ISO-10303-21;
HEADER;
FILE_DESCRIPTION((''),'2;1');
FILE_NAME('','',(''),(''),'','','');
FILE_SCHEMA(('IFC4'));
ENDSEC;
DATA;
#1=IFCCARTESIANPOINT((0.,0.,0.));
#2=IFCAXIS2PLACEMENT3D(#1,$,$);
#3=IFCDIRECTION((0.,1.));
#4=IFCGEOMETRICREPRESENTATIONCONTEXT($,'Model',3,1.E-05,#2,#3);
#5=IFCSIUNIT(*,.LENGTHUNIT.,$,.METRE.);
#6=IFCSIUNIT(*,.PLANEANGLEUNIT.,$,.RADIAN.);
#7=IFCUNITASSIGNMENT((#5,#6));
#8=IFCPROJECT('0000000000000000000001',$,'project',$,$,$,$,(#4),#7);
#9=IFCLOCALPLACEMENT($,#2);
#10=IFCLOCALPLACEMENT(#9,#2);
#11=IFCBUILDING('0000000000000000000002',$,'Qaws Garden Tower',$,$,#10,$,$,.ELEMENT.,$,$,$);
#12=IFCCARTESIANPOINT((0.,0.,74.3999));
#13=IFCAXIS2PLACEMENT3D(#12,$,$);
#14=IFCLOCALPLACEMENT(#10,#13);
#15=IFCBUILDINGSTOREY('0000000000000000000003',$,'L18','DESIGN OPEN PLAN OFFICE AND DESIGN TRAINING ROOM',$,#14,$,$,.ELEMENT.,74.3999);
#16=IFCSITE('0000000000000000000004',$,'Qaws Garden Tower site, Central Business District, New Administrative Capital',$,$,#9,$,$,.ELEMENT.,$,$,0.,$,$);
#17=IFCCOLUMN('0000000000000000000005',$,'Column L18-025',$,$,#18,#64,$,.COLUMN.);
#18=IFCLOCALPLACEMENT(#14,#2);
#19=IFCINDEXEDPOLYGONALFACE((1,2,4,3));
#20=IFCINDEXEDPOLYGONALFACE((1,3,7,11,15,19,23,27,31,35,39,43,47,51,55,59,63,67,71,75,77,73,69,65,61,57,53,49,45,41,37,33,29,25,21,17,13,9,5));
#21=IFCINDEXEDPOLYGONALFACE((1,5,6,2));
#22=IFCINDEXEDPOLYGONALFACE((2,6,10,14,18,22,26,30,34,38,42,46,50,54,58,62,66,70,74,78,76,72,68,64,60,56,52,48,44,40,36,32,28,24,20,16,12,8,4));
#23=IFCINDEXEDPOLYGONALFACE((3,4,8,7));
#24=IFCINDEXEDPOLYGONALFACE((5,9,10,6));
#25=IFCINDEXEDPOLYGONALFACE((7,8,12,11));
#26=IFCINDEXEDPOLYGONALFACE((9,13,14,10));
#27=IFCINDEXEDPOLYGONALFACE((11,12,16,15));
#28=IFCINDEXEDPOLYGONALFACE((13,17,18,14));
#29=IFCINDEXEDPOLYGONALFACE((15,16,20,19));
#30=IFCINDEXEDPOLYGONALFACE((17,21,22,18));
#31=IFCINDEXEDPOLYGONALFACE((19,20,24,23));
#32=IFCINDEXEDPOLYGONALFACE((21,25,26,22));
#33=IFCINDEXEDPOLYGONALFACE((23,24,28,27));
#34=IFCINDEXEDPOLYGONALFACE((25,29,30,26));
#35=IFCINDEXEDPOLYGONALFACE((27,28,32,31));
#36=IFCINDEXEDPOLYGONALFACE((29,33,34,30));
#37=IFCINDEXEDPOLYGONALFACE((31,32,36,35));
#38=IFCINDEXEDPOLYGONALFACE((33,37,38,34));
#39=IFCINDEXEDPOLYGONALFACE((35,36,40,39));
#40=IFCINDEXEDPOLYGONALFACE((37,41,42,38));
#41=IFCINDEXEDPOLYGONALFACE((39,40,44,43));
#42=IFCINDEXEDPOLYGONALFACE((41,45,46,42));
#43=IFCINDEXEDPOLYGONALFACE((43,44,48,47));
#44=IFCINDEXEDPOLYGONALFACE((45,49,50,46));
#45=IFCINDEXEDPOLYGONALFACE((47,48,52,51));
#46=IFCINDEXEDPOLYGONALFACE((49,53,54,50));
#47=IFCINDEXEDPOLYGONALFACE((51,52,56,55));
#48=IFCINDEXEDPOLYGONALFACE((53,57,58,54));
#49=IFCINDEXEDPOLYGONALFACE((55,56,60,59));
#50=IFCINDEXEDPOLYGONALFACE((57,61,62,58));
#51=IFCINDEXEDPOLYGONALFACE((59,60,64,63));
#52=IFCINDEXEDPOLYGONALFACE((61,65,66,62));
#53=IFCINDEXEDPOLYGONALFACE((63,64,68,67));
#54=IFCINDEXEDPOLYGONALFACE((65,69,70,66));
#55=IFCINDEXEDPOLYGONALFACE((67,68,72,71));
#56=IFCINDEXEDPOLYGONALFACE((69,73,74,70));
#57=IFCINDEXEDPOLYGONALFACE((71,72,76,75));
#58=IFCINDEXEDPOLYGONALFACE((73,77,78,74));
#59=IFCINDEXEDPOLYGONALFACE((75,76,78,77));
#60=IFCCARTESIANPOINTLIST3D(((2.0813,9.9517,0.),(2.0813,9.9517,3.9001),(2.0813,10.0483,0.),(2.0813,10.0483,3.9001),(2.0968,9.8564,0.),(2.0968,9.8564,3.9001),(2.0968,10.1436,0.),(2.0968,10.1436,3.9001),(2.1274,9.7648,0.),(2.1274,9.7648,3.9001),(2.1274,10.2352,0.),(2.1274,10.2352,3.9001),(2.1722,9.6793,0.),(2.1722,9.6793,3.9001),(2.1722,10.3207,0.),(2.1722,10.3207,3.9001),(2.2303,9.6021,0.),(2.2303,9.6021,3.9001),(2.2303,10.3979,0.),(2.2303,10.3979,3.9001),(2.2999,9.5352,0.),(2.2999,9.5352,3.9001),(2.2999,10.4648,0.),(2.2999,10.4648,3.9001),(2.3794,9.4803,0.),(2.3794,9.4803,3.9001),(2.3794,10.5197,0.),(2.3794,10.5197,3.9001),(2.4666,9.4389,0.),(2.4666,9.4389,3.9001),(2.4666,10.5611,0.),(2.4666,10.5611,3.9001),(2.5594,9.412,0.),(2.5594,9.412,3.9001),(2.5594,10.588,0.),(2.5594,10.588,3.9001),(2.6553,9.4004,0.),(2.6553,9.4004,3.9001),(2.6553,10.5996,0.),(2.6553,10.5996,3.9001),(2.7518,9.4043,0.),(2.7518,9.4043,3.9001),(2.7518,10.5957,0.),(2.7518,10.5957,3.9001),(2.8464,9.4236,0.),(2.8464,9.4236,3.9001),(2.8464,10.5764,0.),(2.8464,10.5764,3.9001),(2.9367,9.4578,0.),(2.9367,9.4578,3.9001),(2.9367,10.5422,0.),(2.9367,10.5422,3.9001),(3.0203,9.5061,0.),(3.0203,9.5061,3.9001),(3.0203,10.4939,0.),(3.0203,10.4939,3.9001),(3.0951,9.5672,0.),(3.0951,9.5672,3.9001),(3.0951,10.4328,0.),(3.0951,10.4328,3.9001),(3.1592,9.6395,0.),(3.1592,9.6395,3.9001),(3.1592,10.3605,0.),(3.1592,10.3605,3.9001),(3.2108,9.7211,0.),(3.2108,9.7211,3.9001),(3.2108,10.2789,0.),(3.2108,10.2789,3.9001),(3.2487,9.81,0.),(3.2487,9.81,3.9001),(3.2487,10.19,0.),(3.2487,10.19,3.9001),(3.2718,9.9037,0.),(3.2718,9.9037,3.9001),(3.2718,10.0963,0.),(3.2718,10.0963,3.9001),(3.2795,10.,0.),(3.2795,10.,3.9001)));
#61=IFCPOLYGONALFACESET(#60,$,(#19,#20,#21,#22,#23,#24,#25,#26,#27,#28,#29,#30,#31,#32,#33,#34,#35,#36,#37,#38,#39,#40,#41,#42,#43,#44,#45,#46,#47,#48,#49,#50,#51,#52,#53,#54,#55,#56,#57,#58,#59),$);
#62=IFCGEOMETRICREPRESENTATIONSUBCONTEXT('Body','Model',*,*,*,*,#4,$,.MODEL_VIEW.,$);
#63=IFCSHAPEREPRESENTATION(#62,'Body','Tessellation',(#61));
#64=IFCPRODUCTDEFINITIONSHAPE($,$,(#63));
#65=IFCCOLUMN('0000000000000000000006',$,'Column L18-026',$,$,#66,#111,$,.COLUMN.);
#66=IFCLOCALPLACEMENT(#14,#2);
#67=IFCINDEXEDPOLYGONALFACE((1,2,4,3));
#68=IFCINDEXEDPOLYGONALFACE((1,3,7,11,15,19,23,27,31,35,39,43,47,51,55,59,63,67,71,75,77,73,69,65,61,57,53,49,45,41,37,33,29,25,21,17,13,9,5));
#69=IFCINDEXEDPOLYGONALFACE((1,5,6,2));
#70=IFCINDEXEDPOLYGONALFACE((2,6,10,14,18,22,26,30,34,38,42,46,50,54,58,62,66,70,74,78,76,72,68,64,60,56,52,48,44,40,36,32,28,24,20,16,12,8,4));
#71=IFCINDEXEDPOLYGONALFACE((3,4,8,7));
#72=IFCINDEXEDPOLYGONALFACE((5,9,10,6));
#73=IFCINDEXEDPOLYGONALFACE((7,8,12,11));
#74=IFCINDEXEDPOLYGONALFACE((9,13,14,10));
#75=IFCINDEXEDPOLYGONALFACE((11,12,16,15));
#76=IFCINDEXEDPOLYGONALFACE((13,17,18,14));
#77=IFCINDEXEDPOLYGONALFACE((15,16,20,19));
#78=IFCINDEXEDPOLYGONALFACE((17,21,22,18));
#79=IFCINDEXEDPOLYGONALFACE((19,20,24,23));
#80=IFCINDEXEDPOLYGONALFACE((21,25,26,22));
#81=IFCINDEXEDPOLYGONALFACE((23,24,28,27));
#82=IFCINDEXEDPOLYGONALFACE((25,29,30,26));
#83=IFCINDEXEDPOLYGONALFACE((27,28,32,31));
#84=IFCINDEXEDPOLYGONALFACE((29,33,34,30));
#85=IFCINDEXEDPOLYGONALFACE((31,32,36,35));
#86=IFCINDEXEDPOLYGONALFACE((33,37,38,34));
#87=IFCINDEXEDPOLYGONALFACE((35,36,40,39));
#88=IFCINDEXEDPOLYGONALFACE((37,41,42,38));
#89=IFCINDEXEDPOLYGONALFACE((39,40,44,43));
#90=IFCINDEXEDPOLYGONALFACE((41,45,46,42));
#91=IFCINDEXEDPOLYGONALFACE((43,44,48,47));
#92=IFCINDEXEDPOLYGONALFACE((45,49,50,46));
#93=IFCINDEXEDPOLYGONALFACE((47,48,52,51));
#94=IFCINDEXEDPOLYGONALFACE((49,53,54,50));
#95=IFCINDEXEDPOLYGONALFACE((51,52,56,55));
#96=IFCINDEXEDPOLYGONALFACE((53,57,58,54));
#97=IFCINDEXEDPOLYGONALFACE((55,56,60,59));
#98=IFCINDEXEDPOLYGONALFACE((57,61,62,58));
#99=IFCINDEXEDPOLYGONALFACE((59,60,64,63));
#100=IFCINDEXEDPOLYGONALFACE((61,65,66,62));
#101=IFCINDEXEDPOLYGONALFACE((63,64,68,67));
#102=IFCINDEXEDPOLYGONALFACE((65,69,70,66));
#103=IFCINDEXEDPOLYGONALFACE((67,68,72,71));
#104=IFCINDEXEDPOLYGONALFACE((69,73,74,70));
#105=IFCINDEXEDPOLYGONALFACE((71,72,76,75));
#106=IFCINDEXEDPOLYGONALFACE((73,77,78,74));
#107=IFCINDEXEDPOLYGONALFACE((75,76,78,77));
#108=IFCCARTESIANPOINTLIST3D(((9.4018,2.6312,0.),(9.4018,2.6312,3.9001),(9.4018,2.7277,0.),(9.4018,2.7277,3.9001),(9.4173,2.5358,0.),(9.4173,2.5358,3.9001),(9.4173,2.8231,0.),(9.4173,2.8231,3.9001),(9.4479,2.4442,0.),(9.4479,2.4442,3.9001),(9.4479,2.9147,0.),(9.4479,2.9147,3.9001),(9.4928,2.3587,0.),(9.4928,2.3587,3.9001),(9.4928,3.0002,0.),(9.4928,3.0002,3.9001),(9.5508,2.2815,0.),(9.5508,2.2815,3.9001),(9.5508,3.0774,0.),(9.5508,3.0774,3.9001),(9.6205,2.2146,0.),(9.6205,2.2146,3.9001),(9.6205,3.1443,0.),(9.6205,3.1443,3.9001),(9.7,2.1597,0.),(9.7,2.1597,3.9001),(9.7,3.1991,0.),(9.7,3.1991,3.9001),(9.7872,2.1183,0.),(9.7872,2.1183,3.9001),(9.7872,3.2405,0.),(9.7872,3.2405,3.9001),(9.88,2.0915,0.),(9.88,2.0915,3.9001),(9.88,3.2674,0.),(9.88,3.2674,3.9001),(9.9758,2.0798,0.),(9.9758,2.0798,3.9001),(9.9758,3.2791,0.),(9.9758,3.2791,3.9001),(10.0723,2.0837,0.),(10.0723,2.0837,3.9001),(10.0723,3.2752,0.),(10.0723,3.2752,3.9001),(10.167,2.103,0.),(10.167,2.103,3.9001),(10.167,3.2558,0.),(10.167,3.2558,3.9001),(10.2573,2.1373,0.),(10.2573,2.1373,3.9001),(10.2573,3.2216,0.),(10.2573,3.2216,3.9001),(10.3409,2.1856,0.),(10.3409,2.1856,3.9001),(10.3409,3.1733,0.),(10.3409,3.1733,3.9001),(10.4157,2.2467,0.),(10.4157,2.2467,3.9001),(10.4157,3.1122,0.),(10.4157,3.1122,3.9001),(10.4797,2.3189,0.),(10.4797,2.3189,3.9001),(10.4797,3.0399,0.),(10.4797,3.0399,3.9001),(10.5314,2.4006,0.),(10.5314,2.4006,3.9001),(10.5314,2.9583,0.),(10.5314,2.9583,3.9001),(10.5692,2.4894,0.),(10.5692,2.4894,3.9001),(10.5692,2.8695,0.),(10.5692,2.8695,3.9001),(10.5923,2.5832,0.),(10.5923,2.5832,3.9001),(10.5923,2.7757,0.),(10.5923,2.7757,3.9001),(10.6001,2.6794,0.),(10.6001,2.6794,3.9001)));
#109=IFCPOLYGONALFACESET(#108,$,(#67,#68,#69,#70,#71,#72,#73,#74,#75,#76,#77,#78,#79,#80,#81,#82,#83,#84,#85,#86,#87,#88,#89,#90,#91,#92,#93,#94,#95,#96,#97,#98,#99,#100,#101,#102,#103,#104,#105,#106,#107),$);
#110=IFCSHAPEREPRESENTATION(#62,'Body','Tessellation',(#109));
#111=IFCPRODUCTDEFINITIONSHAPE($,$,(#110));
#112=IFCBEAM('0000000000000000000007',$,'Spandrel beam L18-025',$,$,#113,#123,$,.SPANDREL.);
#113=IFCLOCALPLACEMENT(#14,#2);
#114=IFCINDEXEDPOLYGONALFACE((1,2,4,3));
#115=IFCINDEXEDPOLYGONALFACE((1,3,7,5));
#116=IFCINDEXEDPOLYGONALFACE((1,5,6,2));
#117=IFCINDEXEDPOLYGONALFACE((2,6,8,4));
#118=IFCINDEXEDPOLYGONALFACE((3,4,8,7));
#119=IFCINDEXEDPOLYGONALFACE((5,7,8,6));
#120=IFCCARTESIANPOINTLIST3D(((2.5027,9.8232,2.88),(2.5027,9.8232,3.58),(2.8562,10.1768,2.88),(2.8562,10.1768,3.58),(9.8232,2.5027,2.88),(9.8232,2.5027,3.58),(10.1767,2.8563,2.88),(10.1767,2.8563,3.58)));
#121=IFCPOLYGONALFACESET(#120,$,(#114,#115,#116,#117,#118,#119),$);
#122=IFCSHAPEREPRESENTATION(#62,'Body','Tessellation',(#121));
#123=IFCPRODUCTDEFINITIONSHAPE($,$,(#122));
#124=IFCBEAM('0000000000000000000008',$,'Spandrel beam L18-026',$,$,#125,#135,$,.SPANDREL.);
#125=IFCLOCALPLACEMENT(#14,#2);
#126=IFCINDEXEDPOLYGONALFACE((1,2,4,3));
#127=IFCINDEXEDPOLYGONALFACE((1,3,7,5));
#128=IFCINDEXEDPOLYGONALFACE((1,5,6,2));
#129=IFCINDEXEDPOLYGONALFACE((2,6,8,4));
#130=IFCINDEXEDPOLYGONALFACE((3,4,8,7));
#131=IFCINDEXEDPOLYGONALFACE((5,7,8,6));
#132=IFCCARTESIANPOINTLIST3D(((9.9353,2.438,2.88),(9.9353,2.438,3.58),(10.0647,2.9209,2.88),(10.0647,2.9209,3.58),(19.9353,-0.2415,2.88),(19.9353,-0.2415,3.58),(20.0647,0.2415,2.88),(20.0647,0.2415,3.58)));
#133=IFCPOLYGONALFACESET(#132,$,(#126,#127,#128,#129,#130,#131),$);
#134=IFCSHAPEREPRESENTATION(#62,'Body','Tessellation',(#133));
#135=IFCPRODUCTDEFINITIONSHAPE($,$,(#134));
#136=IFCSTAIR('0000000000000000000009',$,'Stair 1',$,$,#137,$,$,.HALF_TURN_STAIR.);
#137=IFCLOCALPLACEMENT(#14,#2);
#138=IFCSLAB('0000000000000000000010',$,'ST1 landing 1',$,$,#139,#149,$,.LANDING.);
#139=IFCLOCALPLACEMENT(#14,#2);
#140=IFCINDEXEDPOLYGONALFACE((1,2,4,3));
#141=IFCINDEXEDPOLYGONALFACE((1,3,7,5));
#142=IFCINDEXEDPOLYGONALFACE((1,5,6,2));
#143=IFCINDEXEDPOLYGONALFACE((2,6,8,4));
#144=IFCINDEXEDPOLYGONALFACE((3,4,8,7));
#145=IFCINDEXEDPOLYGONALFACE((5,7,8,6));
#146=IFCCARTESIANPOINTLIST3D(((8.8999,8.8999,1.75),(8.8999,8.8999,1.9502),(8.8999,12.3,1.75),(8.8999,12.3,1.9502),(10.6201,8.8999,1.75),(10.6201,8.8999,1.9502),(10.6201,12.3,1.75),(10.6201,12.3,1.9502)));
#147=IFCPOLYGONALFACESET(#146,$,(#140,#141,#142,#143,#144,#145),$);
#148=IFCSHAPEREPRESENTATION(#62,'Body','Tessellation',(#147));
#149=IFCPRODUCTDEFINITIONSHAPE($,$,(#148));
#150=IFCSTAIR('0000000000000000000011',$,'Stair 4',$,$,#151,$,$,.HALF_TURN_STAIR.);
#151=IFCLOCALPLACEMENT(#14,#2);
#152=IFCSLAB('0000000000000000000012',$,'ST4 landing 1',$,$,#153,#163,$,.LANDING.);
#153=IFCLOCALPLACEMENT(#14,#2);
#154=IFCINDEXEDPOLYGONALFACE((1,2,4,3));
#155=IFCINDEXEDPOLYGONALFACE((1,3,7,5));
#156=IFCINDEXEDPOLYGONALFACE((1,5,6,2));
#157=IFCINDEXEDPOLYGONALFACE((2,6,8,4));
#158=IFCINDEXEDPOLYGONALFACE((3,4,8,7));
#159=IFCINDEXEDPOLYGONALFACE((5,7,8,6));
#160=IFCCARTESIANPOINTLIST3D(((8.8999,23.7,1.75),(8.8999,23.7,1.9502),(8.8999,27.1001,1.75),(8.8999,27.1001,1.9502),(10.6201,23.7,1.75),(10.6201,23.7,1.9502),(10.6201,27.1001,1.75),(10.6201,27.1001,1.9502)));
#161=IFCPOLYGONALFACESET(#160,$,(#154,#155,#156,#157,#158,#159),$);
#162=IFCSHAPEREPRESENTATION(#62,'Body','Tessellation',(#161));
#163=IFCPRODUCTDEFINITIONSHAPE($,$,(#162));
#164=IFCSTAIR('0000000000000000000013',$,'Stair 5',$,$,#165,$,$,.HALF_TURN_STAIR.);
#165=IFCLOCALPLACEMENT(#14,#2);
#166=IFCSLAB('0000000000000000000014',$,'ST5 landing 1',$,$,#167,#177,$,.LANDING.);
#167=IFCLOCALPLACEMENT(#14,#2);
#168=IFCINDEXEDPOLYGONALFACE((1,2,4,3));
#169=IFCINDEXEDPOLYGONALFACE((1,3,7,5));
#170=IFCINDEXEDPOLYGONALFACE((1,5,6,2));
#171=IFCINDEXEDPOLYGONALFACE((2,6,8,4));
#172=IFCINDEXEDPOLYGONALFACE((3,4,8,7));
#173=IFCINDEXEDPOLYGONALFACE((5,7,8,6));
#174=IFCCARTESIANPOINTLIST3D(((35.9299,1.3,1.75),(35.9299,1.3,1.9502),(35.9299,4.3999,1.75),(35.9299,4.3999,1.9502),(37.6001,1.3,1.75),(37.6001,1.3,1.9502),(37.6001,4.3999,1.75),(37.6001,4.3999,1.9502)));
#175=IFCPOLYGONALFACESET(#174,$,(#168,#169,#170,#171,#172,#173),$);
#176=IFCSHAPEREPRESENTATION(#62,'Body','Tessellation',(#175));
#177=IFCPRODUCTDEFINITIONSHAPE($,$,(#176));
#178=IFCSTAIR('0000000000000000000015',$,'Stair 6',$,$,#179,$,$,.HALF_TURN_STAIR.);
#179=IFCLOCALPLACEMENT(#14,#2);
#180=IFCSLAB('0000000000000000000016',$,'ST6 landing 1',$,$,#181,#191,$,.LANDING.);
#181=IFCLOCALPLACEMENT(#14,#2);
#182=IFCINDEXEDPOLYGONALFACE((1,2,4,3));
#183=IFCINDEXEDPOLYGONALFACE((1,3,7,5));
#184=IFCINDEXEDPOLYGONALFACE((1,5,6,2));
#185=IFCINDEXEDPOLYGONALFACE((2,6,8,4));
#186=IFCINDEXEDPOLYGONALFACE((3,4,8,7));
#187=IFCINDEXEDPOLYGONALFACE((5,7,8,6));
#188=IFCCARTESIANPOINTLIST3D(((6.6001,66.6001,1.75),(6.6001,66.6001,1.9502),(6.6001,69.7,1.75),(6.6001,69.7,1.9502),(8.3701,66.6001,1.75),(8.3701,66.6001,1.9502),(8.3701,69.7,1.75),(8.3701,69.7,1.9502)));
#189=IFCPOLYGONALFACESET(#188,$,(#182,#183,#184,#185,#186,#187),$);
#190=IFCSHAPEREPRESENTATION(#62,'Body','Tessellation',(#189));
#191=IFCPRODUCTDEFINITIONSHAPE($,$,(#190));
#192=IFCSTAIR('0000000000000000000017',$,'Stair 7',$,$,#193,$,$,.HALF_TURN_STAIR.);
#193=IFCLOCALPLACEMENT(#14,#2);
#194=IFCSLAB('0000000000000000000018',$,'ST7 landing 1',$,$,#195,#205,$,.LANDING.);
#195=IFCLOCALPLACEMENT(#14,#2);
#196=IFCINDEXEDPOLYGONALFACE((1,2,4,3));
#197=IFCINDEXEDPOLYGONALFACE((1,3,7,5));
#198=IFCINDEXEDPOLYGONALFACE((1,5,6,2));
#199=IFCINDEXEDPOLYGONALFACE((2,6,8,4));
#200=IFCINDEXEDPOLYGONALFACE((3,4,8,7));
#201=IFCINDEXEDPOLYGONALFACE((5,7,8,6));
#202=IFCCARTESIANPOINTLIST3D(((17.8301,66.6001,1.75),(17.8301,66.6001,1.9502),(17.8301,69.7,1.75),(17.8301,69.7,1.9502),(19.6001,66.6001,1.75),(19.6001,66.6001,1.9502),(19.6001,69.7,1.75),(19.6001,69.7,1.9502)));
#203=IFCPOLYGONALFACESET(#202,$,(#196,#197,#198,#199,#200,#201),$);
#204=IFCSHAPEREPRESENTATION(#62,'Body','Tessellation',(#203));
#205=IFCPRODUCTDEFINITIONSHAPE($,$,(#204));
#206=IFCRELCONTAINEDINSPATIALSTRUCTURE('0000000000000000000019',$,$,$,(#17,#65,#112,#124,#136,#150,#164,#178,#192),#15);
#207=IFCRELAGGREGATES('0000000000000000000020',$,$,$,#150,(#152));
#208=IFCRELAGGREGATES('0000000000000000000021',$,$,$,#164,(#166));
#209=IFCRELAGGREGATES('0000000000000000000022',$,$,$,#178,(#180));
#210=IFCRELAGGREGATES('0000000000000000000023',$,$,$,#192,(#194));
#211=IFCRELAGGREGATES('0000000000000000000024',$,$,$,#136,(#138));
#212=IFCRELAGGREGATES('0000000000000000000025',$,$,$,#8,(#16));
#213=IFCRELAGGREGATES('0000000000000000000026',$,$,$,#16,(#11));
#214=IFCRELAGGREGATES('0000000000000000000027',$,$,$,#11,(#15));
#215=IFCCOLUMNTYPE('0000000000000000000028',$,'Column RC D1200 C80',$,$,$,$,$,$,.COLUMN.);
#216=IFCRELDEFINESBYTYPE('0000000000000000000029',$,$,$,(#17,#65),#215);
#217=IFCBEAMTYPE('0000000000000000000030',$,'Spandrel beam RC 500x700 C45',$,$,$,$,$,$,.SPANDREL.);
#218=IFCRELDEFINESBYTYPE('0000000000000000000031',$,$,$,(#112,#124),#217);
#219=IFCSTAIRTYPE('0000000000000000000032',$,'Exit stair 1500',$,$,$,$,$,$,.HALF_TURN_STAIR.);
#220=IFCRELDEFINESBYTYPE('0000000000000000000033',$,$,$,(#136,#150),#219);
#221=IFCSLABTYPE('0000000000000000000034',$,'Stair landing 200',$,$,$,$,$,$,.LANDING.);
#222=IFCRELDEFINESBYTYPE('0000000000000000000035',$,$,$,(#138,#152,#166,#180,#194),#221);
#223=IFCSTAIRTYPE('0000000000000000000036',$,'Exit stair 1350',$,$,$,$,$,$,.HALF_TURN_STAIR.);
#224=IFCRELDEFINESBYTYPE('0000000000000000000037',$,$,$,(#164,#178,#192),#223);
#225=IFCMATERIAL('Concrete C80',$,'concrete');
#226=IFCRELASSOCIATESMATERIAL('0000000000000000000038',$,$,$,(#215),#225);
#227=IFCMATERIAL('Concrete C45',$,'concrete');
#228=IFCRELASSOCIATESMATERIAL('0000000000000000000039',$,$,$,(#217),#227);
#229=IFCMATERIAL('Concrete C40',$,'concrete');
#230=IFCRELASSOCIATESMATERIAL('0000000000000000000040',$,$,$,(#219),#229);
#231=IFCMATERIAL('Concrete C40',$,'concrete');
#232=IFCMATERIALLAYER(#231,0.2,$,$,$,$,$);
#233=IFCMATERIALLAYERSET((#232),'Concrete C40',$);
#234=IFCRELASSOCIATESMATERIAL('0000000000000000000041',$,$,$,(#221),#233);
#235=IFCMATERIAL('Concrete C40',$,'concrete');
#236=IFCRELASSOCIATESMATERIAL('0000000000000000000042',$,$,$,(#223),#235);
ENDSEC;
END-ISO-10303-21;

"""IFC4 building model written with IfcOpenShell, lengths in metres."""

from ifc_helpers import new_model, si_unit, direction, frame, origin, origin_2d, place, context, subcontext, project, spatial, polyline, rectangle, circle, outline, extrude, material, layer, layer_set, material_profile, profile_set, type_object, element, aggregate, save


model = new_model("IFC4")

# Units and contexts
model_context = context("Model", 3, precision=1e-05, world=origin(), true_north=direction((0.0, 1.0)))
body_context = subcontext(model_context, "Body", "Model", "MODEL_VIEW")
ifc_project = project(units=[si_unit("LENGTHUNIT", "METRE"), si_unit("PLANEANGLEUNIT", "RADIAN")], contexts=[model_context])

# Site, building, storey
site_placement = place(None, origin())
site = spatial("IfcSite", under=ifc_project, at=site_placement, Name="Qaws Garden Tower site, Central Business District, New Administrative Capital", CompositionType="ELEMENT", RefElevation=0.0)
building_placement = place(site_placement, origin())
building = spatial("IfcBuilding", under=site, at=building_placement, Name="Qaws Garden Tower", CompositionType="ELEMENT")
storey_placement = place(building_placement, frame((0.0, 0.0, 74.3999)))
storey = spatial("IfcBuildingStorey", under=building, at=storey_placement, Name="L18", Description="DESIGN OPEN PLAN OFFICE AND DESIGN TRAINING ROOM", CompositionType="ELEMENT", Elevation=74.3999)

# Columns
ifc_material_1 = material(Name="Concrete C80", Category="concrete")
ifc_material_profile_1 = material_profile(ifc_material_1, circle(Radius=0.6001, at=origin_2d()), Name="RC D1200")
ifc_profile_set_1 = profile_set([ifc_material_profile_1], Name="Concrete C80")
column_type = type_object("IfcColumnType", Name="Column RC D1200 C80", PredefinedType="COLUMN", material=ifc_profile_set_1)
for number, where, z_axis, x_axis, name in (
    (1, (2.6794, 10.0, 0.0), (0.0, 0.0, 1.0), (1.0, 0.0, 0.0), "Column L18-025"),
    (2, (10.0, 2.6794, 0.0), (0.0, 0.0, 1.0), (1.0, 0.0, 0.0), "Column L18-026"),
):
    element("IfcColumn", number, at=place(storey_placement, frame(where, z_axis=z_axis, x_axis=x_axis)), inside=storey, type_object=column_type, Name=name, PredefinedType="COLUMN", context=body_context, shape_type="SweptSolid", body=[
        extrude(circle(Radius=0.6001, at=origin_2d()), origin(), (0.0, 0.0, 1.0), 3.9001),
    ])

# Beams
ifc_material_2 = material(Name="Concrete C45", Category="concrete")
ifc_material_profile_2 = material_profile(ifc_material_2, rectangle(XDim=0.5, YDim=0.7, at=origin_2d()), Name="RC 500x700")
ifc_profile_set_2 = profile_set([ifc_material_profile_2], Name="Concrete C45")
beam_type = type_object("IfcBeamType", Name="Spandrel beam RC 500x700 C45", PredefinedType="SPANDREL", material=ifc_profile_set_2)
for number, where, z_axis, x_axis, name in (
    (3, (2.6794, 10.0, 3.23), (0.707107, -0.707107, 0.0), (0.707107, 0.707107, 0.0), "Spandrel beam L18-025"),
    (4, (10.0, 2.6794, 3.23), (0.965927, -0.258815, 0.0), (0.258815, 0.965927, 0.0), "Spandrel beam L18-026"),
):
    element("IfcBeam", number, at=place(storey_placement, frame(where, z_axis=z_axis, x_axis=x_axis)), inside=storey, type_object=beam_type, Name=name, PredefinedType="SPANDREL", context=body_context, shape_type="SweptSolid", body=[
        extrude(rectangle(XDim=0.5, YDim=0.7, at=origin_2d()), origin(), (0.0, 0.0, 1.0), 10.3528),
    ])

# Stairs, slabs
ifc_material_3 = material(Name="Concrete C40", Category="concrete")
stair_type_1 = type_object("IfcStairType", Name="Exit stair 1500", PredefinedType="HALF_TURN_STAIR", material=ifc_material_3)
placement_1 = place(storey_placement, origin())
stair_1 = element("IfcStair", 5, at=placement_1, inside=storey, type_object=stair_type_1, Name="Stair 1", PredefinedType="HALF_TURN_STAIR")
ifc_material_4 = material(Name="Concrete C40", Category="concrete")
ifc_layer_1 = layer(ifc_material_4, 0.2)
ifc_layer_set_1 = layer_set([ifc_layer_1], Name="Concrete C40")
slab_type = type_object("IfcSlabType", Name="Stair landing 200", PredefinedType="LANDING", material=ifc_layer_set_1)
placement_2 = place(storey_placement, frame((0.0, 0.0, 1.75)))
slab_1 = element("IfcSlab", 6, at=placement_2, type_object=slab_type, Name="ST1 landing 1", PredefinedType="LANDING", context=body_context, shape_type="SweptSolid", body=[
    extrude(outline(polyline([(8.8999, 8.8999), (10.6201, 8.8999), (10.6201, 12.3), (8.8999, 12.3), (8.8999, 8.8999)])), origin(), (0.0, 0.0, 1.0), 0.2002),
])
stair_2 = element("IfcStair", 7, at=placement_1, inside=storey, type_object=stair_type_1, Name="Stair 4", PredefinedType="HALF_TURN_STAIR")
slab_2 = element("IfcSlab", 8, at=placement_2, type_object=slab_type, Name="ST4 landing 1", PredefinedType="LANDING", context=body_context, shape_type="SweptSolid", body=[
    extrude(outline(polyline([(8.8999, 23.7), (10.6201, 23.7), (10.6201, 27.1001), (8.8999, 27.1001), (8.8999, 23.7)])), origin(), (0.0, 0.0, 1.0), 0.2002),
])
aggregate(stair_2, [slab_2])
ifc_material_5 = material(Name="Concrete C40", Category="concrete")
stair_type_2 = type_object("IfcStairType", Name="Exit stair 1350", PredefinedType="HALF_TURN_STAIR", material=ifc_material_5)
stair_3 = element("IfcStair", 9, at=placement_1, inside=storey, type_object=stair_type_2, Name="Stair 5", PredefinedType="HALF_TURN_STAIR")
slab_3 = element("IfcSlab", 10, at=placement_2, type_object=slab_type, Name="ST5 landing 1", PredefinedType="LANDING", context=body_context, shape_type="SweptSolid", body=[
    extrude(outline(polyline([(35.9299, 1.3), (37.6001, 1.3), (37.6001, 4.3999), (35.9299, 4.3999), (35.9299, 1.3)])), origin(), (0.0, 0.0, 1.0), 0.2002),
])
aggregate(stair_3, [slab_3])
stair_4 = element("IfcStair", 11, at=placement_1, inside=storey, type_object=stair_type_2, Name="Stair 6", PredefinedType="HALF_TURN_STAIR")
slab_4 = element("IfcSlab", 12, at=placement_2, type_object=slab_type, Name="ST6 landing 1", PredefinedType="LANDING", context=body_context, shape_type="SweptSolid", body=[
    extrude(outline(polyline([(6.6001, 66.6001), (8.3701, 66.6001), (8.3701, 69.7), (6.6001, 69.7), (6.6001, 66.6001)])), origin(), (0.0, 0.0, 1.0), 0.2002),
])
aggregate(stair_4, [slab_4])
stair_5 = element("IfcStair", 13, at=placement_1, inside=storey, type_object=stair_type_2, Name="Stair 7", PredefinedType="HALF_TURN_STAIR")
slab_5 = element("IfcSlab", 14, at=placement_2, type_object=slab_type, Name="ST7 landing 1", PredefinedType="LANDING", context=body_context, shape_type="SweptSolid", body=[
    extrude(outline(polyline([(17.8301, 66.6001), (19.6001, 66.6001), (19.6001, 69.7), (17.8301, 69.7), (17.8301, 66.6001)])), origin(), (0.0, 0.0, 1.0), 0.2002),
])
aggregate(stair_5, [slab_5])

aggregate(stair_1, [slab_1])

save(model, "model.ifc")
